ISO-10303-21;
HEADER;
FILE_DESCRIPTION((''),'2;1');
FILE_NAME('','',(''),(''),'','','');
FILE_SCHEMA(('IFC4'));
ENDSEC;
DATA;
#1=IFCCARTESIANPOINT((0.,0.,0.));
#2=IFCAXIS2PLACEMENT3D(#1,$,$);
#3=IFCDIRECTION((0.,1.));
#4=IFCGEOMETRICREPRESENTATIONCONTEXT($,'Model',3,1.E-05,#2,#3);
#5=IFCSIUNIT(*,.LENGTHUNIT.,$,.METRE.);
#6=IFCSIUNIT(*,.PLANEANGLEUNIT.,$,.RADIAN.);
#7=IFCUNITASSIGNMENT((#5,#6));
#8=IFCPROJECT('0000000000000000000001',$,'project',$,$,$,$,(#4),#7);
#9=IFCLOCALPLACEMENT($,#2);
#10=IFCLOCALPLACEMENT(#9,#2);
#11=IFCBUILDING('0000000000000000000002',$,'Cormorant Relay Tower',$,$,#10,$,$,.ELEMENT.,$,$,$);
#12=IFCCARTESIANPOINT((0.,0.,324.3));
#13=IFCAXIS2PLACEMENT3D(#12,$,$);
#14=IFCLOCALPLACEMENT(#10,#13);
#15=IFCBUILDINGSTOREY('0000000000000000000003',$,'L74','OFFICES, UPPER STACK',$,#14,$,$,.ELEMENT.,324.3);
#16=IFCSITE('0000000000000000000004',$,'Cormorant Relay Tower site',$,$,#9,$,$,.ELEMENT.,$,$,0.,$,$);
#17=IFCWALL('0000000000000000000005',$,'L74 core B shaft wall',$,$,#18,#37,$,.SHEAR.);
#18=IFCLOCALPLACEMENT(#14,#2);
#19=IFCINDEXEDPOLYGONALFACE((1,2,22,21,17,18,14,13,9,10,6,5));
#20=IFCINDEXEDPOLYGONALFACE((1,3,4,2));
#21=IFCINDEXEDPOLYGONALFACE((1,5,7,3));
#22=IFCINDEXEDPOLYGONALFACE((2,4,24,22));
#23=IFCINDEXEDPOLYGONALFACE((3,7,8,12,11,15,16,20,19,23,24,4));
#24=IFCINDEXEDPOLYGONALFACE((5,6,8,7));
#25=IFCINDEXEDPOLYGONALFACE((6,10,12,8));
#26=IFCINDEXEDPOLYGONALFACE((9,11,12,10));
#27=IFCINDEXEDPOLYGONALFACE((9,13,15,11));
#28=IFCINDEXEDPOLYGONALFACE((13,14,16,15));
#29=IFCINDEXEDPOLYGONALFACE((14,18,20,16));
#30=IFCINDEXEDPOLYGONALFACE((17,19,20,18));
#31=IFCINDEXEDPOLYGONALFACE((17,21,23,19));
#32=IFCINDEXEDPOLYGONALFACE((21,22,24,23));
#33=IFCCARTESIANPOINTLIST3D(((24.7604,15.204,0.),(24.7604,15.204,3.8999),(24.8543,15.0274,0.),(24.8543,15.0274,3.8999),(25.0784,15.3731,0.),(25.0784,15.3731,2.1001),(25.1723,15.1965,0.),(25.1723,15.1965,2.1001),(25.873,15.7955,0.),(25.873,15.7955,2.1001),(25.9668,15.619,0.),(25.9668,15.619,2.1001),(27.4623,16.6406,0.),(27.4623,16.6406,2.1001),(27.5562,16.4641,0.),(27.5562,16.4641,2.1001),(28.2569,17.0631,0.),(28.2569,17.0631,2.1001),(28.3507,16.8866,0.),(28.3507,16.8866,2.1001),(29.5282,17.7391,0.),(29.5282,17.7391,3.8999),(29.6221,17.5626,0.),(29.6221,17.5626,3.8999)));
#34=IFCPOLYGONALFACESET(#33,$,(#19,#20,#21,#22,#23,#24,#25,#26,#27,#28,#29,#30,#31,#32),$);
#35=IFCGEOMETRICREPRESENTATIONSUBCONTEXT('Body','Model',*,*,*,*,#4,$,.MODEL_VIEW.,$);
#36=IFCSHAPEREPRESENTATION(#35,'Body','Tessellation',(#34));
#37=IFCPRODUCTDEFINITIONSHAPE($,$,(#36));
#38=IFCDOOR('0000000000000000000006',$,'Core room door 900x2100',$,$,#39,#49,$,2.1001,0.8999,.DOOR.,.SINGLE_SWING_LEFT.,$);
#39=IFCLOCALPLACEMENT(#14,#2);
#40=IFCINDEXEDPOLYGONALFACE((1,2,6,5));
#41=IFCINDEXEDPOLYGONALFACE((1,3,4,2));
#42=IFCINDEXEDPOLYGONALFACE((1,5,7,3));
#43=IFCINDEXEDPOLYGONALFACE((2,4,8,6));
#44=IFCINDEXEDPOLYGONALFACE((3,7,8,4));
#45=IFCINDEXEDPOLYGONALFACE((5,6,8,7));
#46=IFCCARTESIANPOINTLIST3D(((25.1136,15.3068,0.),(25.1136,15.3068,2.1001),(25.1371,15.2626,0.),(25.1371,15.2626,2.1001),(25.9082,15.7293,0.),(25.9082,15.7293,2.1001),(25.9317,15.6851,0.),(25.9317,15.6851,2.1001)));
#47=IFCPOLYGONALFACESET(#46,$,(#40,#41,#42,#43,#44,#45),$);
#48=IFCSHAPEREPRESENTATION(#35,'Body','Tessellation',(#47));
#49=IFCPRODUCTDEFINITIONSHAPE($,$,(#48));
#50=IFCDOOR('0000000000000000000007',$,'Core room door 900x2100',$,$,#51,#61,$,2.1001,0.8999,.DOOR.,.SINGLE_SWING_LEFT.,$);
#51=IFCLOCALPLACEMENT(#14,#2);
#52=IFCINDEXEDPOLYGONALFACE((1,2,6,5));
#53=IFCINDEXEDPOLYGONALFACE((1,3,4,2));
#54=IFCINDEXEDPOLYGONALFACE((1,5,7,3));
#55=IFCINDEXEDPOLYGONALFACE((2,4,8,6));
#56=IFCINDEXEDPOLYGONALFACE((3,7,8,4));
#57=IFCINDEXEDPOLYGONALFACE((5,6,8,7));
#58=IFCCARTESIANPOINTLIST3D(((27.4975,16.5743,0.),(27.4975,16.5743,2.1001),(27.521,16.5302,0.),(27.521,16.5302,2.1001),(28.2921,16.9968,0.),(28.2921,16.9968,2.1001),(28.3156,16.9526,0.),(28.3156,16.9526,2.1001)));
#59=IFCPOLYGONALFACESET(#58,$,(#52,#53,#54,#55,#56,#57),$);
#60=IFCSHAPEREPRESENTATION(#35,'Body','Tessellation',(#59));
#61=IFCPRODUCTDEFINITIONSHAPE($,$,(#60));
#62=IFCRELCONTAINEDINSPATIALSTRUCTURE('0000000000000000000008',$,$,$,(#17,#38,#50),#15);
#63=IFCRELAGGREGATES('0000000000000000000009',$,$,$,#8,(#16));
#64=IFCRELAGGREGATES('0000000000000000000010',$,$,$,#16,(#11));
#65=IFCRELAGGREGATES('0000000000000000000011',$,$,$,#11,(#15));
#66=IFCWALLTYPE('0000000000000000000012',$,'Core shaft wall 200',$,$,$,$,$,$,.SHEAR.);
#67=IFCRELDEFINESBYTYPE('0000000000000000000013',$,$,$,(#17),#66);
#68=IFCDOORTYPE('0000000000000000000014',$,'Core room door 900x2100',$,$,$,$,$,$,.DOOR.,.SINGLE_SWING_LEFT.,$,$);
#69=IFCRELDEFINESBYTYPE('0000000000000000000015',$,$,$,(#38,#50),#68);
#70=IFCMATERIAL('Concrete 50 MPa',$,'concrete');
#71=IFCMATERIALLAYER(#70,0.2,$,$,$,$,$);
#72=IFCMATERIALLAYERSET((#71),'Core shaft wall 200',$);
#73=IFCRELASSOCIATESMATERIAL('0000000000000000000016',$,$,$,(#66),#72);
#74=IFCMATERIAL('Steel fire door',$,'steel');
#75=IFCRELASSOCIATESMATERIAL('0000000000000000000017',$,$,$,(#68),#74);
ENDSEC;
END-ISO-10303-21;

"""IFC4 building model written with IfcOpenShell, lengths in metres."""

from ifc_helpers import new_model, si_unit, direction, frame, frame_2d, origin, place, context, subcontext, project, spatial, rectangle, extrude, material, layer, layer_set, type_object, element, fill, save


model = new_model("IFC4")

# Units and contexts
model_context = context("Model", 3, precision=1e-05, world=origin(), true_north=direction((0.0, 1.0)))
body_context = subcontext(model_context, "Body", "Model", "MODEL_VIEW")
ifc_project = project(units=[si_unit("LENGTHUNIT", "METRE"), si_unit("PLANEANGLEUNIT", "RADIAN")], contexts=[model_context])

# Site, building, storey
site_placement = place(None, origin())
site = spatial("IfcSite", under=ifc_project, at=site_placement, Name="Cormorant Relay Tower site", CompositionType="ELEMENT", RefElevation=0.0)
building_placement = place(site_placement, origin())
building = spatial("IfcBuilding", under=site, at=building_placement, Name="Cormorant Relay Tower", CompositionType="ELEMENT")
storey_placement = place(building_placement, frame((0.0, 0.0, 324.3)))
storey = spatial("IfcBuildingStorey", under=building, at=storey_placement, Name="L74", Description="OFFICES, UPPER STACK", CompositionType="ELEMENT", Elevation=324.3)

# Shared definitions
ifc_material_1 = material(Name="Concrete 50 MPa", Category="concrete")
ifc_layer_1 = layer(ifc_material_1, 0.2)
ifc_layer_set_1 = layer_set([ifc_layer_1], Name="Core shaft wall 200")
wall_type_1 = type_object("IfcWallType", Name="Core shaft wall 200", PredefinedType="SHEAR", material=ifc_layer_set_1)

# Shared definitions
ifc_material_2 = material(Name="Steel fire door", Category="steel")
door_type_1 = type_object("IfcDoorType", Name="Core room door 900x2100", OperationType="SINGLE_SWING_LEFT", PredefinedType="DOOR", material=ifc_material_2)

# Wall, openings, doors
wall_1_placement = place(storey_placement, frame((24.8074, 15.1157, 0.0), z_axis=(0.0, 0.0, 1.0), x_axis=(0.882943, 0.46948, 0.0)))
wall_1 = element("IfcWall", 1, at=wall_1_placement, inside=storey, type_object=wall_type_1, Name="L74 core B shaft wall", PredefinedType="SHEAR", context=body_context, shape_type="SweptSolid", body=[
    extrude(rectangle(XDim=5.3999, YDim=0.2, at=frame_2d((2.7, 0.0))), origin(), (0.0, 0.0, 1.0), 3.8999),
])
opening_1_placement = place(wall_1_placement, frame((0.3601, 0.0, 0.0)))
opening_1 = element("IfcOpeningElement", 2, at=opening_1_placement, cuts=wall_1, PredefinedType="OPENING", context=body_context, shape_type="SweptSolid", body=[
    extrude(rectangle(XDim=0.8999, YDim=2.1001, at=frame_2d((0.45, 1.05))), frame((0.0, 0.1099, 0.0), z_axis=(0.0, -1.0, 0.0), x_axis=(1.0, 0.0, 0.0)), (0.0, 0.0, 1.0), 0.22),
])
opening_2_placement = place(wall_1_placement, frame((3.0601, 0.0, 0.0)))
opening_2 = element("IfcOpeningElement", 3, at=opening_2_placement, cuts=wall_1, PredefinedType="OPENING", context=body_context, shape_type="SweptSolid", body=[
    extrude(rectangle(XDim=0.8999, YDim=2.1001, at=frame_2d((0.45, 1.05))), frame((0.0, 0.1099, 0.0), z_axis=(0.0, -1.0, 0.0), x_axis=(1.0, 0.0, 0.0)), (0.0, 0.0, 1.0), 0.22),
])
door_1_placement = place(opening_1_placement, origin())
door_1 = element("IfcDoor", 4, at=door_1_placement, inside=storey, type_object=door_type_1, Name="Core room door 900x2100", OperationType="SINGLE_SWING_LEFT", OverallHeight=2.1001, OverallWidth=0.8999, PredefinedType="DOOR", context=body_context, shape_type="SweptSolid", body=[
    extrude(rectangle(XDim=0.8999, YDim=2.1001, at=frame_2d((0.45, 1.05))), frame((0.0, 0.0249, 0.0), z_axis=(0.0, -1.0, 0.0), x_axis=(1.0, 0.0, 0.0)), (0.0, 0.0, 1.0), 0.05),
])
fill(opening_1, door_1)
door_2_placement = place(opening_2_placement, origin())
door_2 = element("IfcDoor", 5, at=door_2_placement, inside=storey, type_object=door_type_1, Name="Core room door 900x2100", OperationType="SINGLE_SWING_LEFT", OverallHeight=2.1001, OverallWidth=0.8999, PredefinedType="DOOR", context=body_context, shape_type="SweptSolid", body=[
    extrude(rectangle(XDim=0.8999, YDim=2.1001, at=frame_2d((0.45, 1.05))), frame((0.0, 0.0249, 0.0), z_axis=(0.0, -1.0, 0.0), x_axis=(1.0, 0.0, 0.0)), (0.0, 0.0, 1.0), 0.05),
])
fill(opening_2, door_2)

save(model, "model.ifc")
